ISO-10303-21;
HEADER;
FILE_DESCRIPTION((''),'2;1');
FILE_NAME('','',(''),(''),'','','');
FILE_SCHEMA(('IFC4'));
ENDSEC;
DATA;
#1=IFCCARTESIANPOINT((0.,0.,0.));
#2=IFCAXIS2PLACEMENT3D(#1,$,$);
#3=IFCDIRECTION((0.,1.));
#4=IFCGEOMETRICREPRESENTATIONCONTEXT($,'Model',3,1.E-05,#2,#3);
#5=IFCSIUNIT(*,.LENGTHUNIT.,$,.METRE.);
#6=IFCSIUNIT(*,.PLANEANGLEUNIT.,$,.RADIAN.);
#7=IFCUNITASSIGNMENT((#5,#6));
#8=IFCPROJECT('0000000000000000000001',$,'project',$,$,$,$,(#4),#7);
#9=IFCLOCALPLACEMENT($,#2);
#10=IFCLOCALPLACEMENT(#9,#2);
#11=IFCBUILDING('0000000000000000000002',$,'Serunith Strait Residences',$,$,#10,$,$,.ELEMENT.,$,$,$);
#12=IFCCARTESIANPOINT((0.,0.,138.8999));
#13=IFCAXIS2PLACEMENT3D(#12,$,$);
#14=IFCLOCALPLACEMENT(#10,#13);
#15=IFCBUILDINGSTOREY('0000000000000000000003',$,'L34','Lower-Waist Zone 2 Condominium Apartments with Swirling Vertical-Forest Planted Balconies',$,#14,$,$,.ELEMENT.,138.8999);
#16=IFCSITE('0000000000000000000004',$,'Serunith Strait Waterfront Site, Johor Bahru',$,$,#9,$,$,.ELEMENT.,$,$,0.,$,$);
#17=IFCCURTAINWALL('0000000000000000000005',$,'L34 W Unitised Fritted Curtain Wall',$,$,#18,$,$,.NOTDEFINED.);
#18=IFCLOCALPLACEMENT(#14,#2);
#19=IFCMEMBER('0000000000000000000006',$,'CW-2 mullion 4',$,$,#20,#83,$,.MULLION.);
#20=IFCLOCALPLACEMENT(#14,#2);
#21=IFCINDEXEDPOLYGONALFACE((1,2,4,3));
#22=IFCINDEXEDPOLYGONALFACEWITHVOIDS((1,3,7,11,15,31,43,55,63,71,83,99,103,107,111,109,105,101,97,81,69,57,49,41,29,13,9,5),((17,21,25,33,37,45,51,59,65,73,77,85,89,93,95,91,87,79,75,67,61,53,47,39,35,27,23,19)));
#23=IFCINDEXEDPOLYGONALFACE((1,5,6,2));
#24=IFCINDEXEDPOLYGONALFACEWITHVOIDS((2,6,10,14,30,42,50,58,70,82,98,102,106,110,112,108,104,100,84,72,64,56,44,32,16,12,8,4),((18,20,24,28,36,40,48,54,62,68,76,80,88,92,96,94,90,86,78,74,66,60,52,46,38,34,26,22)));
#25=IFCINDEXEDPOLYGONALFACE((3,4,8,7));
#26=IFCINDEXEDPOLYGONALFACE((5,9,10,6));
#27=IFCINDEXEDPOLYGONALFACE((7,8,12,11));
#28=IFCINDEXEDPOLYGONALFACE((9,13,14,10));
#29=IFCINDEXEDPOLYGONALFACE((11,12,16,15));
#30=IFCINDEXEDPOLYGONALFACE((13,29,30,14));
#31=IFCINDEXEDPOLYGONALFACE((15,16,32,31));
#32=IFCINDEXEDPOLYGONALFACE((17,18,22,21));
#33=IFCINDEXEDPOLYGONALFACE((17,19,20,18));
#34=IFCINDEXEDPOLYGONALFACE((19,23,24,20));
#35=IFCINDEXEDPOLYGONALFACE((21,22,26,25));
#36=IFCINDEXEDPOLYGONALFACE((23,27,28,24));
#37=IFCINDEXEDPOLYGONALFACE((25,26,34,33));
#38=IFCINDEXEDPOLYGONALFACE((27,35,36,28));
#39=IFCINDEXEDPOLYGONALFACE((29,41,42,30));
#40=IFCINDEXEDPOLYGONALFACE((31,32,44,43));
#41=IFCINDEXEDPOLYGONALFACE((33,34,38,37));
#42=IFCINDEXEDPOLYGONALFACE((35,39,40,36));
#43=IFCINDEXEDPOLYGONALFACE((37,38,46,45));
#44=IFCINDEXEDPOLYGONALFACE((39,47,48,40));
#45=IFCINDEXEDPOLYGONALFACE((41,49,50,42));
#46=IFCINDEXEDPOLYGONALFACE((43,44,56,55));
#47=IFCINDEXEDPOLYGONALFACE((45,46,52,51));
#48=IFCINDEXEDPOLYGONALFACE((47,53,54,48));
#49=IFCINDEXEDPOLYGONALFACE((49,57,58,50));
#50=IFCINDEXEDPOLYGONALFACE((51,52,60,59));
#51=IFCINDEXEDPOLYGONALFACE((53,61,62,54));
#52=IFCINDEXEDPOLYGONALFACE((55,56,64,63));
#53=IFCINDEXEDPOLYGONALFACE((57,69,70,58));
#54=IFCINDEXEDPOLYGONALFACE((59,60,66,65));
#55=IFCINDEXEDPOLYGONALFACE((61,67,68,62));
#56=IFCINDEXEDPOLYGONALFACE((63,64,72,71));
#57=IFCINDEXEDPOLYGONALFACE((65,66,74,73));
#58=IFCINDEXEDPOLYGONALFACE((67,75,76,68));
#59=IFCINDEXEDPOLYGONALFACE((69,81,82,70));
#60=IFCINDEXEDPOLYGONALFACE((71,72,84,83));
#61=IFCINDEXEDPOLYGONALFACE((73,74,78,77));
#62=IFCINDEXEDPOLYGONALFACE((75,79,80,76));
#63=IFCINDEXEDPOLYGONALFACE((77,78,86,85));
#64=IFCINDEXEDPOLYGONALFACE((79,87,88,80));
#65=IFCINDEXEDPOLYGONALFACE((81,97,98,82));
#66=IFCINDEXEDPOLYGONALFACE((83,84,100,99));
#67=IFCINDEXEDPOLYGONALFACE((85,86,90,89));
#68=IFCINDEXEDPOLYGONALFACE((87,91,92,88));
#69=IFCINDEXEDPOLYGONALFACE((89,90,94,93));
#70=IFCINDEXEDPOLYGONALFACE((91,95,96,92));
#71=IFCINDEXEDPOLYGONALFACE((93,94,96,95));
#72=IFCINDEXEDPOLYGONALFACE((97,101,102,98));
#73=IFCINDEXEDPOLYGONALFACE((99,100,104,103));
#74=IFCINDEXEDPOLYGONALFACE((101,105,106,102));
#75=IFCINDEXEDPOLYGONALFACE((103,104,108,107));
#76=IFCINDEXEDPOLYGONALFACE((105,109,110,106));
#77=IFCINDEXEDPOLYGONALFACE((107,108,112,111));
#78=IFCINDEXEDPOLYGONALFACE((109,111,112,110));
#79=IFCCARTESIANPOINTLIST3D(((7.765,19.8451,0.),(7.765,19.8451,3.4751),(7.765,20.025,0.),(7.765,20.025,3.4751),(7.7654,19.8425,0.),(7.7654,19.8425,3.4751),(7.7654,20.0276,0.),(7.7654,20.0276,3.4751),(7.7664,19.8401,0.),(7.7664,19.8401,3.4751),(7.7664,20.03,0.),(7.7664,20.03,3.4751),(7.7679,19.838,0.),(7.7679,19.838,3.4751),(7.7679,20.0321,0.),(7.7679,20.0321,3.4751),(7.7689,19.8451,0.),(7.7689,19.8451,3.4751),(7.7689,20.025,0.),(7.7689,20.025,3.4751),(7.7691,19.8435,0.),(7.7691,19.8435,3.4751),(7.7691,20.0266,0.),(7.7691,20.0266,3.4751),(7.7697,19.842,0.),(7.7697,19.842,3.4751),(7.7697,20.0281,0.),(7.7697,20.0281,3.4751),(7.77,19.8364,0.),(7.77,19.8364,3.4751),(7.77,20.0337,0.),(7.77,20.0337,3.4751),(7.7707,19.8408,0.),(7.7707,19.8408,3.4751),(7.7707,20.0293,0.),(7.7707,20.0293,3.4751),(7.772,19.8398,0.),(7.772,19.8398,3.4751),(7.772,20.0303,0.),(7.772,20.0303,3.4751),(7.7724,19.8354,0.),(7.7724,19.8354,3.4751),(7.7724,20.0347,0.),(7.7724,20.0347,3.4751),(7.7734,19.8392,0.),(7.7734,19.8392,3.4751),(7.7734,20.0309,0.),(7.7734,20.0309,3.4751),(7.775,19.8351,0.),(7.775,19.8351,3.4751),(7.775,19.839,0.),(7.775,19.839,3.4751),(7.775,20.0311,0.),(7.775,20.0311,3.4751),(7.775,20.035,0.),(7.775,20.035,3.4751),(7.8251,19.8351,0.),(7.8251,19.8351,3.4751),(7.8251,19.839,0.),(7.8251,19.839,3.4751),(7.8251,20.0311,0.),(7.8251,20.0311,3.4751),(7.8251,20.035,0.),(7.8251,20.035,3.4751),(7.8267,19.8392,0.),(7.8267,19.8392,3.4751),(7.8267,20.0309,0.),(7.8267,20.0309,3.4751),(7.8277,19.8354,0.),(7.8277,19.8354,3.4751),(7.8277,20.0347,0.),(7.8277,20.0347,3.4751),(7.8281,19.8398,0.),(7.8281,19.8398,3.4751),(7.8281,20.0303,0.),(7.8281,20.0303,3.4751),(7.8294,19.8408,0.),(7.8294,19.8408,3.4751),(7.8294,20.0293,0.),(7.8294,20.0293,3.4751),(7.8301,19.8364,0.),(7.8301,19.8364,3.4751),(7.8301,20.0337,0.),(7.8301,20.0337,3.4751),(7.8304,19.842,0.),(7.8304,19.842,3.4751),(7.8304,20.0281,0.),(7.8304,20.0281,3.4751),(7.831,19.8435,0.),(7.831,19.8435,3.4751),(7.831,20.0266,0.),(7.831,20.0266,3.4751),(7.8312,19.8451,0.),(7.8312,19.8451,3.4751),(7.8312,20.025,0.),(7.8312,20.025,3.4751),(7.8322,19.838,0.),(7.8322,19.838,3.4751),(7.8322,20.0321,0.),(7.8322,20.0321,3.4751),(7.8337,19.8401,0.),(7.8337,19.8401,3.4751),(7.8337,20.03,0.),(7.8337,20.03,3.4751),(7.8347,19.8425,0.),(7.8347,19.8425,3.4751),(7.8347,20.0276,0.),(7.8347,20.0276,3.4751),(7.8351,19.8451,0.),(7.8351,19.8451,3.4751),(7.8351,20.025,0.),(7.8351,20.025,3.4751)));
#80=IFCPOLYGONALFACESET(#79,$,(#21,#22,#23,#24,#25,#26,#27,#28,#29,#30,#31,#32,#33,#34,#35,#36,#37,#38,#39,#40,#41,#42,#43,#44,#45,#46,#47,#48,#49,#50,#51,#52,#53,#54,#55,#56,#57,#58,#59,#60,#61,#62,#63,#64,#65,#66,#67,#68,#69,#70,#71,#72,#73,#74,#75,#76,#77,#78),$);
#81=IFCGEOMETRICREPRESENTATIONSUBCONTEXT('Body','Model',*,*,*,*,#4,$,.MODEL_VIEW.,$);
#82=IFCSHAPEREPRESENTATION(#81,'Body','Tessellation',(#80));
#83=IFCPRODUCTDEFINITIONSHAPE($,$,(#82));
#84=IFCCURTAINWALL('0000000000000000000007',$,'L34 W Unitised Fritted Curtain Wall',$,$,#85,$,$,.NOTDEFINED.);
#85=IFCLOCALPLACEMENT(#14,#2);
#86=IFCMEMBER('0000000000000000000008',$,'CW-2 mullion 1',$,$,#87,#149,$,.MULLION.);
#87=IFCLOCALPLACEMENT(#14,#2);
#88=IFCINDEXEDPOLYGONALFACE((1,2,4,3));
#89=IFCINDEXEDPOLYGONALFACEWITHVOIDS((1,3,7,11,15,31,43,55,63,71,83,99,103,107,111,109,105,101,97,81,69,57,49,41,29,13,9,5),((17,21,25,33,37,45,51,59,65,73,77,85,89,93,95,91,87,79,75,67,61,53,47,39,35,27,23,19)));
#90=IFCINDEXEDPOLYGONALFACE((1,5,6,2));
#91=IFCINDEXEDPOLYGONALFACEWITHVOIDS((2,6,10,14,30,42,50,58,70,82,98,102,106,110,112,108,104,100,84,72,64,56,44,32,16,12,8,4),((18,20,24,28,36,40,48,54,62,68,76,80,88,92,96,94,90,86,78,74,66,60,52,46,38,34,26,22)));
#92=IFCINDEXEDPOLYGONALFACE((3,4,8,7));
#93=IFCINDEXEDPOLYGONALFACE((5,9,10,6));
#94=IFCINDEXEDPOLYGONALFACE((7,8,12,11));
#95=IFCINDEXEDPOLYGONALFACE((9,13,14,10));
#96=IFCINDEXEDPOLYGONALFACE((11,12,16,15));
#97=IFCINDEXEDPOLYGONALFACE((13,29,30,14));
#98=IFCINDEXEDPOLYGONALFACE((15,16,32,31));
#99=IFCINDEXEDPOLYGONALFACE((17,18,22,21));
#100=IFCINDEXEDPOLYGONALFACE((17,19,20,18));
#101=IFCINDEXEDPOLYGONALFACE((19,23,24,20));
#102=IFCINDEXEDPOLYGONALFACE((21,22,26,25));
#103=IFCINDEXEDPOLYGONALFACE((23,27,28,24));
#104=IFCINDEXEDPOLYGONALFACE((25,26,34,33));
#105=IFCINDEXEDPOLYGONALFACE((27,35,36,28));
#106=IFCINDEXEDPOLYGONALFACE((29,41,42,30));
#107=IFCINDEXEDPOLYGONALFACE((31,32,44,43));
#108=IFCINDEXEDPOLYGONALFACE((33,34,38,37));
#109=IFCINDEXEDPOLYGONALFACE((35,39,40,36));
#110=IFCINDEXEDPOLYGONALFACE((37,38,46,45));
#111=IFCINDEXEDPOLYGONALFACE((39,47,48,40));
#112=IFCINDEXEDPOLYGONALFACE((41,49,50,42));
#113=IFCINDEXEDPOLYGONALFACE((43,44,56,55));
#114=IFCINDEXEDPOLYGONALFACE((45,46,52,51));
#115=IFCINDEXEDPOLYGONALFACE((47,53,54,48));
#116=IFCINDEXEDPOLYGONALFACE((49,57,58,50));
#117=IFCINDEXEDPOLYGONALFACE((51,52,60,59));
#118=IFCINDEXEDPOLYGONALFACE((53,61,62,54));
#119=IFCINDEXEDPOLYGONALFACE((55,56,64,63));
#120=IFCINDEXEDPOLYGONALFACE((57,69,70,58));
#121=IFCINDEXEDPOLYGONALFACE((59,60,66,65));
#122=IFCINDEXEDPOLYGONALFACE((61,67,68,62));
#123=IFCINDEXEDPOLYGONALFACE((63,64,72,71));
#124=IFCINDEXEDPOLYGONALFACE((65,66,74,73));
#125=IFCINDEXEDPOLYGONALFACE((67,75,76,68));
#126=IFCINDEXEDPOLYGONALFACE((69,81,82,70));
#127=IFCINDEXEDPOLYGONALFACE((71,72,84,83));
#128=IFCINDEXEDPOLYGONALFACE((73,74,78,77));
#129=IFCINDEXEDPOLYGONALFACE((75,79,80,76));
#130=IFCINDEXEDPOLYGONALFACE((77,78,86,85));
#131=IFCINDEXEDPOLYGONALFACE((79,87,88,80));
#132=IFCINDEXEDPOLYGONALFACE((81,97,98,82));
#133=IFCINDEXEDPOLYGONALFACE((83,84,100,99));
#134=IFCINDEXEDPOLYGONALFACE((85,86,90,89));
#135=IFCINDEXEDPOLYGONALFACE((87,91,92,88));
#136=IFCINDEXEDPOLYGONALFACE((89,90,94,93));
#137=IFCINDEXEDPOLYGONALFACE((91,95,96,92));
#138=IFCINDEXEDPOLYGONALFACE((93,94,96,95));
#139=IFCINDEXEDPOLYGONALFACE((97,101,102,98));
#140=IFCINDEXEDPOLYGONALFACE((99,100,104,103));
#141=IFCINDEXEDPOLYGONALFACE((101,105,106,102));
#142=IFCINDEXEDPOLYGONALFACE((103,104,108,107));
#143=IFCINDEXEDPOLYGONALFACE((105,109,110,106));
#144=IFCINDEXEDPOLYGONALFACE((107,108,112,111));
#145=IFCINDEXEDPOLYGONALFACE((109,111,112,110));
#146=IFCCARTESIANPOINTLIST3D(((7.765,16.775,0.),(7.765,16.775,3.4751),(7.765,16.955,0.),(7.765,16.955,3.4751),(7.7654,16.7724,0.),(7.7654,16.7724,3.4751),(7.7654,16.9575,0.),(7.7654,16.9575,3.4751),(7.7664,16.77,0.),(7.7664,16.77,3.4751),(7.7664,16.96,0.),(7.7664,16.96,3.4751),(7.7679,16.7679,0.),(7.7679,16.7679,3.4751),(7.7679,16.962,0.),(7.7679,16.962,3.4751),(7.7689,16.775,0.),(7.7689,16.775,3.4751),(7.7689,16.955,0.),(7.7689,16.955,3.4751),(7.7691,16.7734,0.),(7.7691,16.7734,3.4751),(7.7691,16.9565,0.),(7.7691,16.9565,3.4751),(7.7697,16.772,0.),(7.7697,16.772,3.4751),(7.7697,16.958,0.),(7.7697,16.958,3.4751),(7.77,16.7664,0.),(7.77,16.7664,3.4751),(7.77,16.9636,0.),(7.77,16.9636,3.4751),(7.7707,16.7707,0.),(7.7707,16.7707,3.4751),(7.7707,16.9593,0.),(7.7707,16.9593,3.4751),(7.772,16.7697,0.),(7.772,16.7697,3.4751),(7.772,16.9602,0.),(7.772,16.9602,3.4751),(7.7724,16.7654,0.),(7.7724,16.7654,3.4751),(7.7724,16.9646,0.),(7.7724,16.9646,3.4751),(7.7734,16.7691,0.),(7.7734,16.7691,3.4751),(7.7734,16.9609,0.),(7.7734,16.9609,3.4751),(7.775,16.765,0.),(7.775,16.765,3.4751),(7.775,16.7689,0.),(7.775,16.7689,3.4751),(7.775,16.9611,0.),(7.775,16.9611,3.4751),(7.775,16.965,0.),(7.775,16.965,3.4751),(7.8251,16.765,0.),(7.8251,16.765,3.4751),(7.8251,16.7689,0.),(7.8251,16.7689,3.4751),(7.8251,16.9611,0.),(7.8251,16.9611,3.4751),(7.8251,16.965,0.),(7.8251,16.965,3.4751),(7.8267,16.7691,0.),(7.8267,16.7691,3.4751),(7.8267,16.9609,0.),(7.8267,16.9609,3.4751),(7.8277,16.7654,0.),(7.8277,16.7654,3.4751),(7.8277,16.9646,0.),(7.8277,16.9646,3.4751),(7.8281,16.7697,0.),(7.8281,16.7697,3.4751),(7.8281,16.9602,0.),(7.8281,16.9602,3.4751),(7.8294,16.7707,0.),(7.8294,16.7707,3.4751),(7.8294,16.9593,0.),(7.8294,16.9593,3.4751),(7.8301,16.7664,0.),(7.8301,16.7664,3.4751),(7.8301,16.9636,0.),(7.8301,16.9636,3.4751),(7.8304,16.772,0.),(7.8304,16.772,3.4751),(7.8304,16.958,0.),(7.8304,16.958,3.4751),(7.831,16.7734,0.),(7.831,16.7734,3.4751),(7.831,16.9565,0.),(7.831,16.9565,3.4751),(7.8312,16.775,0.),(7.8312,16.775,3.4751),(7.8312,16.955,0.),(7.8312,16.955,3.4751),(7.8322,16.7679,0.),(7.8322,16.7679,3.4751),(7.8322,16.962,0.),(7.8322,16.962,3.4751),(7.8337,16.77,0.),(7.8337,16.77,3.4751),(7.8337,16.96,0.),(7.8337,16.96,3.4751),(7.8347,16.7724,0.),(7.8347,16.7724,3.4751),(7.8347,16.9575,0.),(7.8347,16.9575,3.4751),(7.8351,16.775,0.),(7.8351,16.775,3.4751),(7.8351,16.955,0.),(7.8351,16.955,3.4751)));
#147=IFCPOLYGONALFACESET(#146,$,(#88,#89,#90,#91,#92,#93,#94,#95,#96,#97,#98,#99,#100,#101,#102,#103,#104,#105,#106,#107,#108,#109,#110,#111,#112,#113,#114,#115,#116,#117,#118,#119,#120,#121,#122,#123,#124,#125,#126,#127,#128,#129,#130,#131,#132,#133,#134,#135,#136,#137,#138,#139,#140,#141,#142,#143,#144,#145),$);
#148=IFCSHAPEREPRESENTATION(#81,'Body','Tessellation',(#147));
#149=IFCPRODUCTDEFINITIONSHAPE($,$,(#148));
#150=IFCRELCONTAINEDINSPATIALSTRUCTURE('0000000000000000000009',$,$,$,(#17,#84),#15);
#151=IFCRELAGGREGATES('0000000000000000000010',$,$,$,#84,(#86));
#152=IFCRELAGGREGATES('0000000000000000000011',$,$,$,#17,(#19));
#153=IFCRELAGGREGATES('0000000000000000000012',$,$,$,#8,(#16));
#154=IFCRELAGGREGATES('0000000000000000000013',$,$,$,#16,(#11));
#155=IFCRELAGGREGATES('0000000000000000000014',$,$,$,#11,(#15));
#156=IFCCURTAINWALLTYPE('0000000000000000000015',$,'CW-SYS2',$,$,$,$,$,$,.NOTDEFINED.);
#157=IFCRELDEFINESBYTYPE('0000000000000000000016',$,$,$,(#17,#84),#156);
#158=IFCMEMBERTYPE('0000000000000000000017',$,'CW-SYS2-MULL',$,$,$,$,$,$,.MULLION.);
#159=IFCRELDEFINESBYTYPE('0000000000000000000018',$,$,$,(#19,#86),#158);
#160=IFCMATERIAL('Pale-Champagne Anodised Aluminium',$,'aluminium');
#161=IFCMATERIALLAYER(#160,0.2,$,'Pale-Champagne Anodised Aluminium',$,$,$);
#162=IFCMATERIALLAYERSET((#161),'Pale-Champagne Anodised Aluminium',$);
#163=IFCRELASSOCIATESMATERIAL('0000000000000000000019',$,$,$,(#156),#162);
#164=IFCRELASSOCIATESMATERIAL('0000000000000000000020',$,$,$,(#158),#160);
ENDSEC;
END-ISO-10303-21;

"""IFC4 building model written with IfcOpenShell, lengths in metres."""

from ifc_helpers import new_model, si_unit, direction, frame, origin, origin_2d, place, context, subcontext, project, spatial, hollow_rectangle, extrude, source, transform, mapped, material, layer, layer_set, material_profile, profile_set, type_object, element, aggregate, save


model = new_model("IFC4")

# Units and contexts
model_context = context("Model", 3, precision=1e-05, world=origin(), true_north=direction((0.0, 1.0)))
body_context = subcontext(model_context, "Body", "Model", "MODEL_VIEW")
ifc_project = project(units=[si_unit("LENGTHUNIT", "METRE"), si_unit("PLANEANGLEUNIT", "RADIAN")], contexts=[model_context])

# Site, building, storey
site_placement = place(None, origin())
site = spatial("IfcSite", under=ifc_project, at=site_placement, Name="Serunith Strait Waterfront Site, Johor Bahru", CompositionType="ELEMENT", RefElevation=0.0)
building_placement = place(site_placement, origin())
building = spatial("IfcBuilding", under=site, at=building_placement, Name="Serunith Strait Residences", CompositionType="ELEMENT")
storey_placement = place(building_placement, frame((0.0, 0.0, 138.8999)))
storey = spatial("IfcBuildingStorey", under=building, at=storey_placement, Name="L34", Description="Lower-Waist Zone 2 Condominium Apartments with Swirling Vertical-Forest Planted Balconies", CompositionType="ELEMENT", Elevation=138.8999)

# Curtain wall, member
ifc_material_1 = material(Name="Pale-Champagne Anodised Aluminium", Category="aluminium")
ifc_layer_1 = layer(ifc_material_1, 0.2, Name="Pale-Champagne Anodised Aluminium")
ifc_layer_set_1 = layer_set([ifc_layer_1], Name="Pale-Champagne Anodised Aluminium")
curtain_wall_type = type_object("IfcCurtainWallType", Name="CW-SYS2", PredefinedType="NOTDEFINED", material=ifc_layer_set_1)
curtain_wall_1_placement = place(storey_placement, origin())
curtain_wall_1 = element("IfcCurtainWall", 1, at=curtain_wall_1_placement, inside=storey, type_object=curtain_wall_type, Name="L34 W Unitised Fritted Curtain Wall", PredefinedType="NOTDEFINED")
ifc_material_profile_1 = material_profile(ifc_material_1, hollow_rectangle(XDim=0.0701, YDim=0.2, WallThickness=0.0039, InnerFilletRadius=0.0061, OuterFilletRadius=0.01, at=origin_2d()), Name="ALU 200x70x4")
ifc_profile_set_1 = profile_set([ifc_material_profile_1], Name="Pale-Champagne Anodised Aluminium")
member_type_1 = type_object("IfcMemberType", Name="CW-SYS2-MULL", PredefinedType="MULLION", material=ifc_profile_set_1)
shared_shape_1 = source(origin(), body_context, "Body", "SweptSolid", [
    extrude(hollow_rectangle(XDim=0.0701, YDim=0.2, WallThickness=0.0039, InnerFilletRadius=0.0061, OuterFilletRadius=0.01, at=origin_2d()), origin(), (0.0, 0.0, 1.0), 3.4751),
])
member_1_placement = place(storey_placement, frame((7.8, 19.9351, 0.0), z_axis=(0.0, 0.0, 1.0), x_axis=(1.0, 0.0, 0.0)))
member_1 = element("IfcMember", 2, at=member_1_placement, type_object=member_type_1, Name="CW-2 mullion 4", PredefinedType="MULLION", context=body_context, shape_type="MappedRepresentation", body=[
    mapped(shared_shape_1, transform((0.0, 0.0, 0.0), scale=1.0)),
])

# Curtain wall, member
curtain_wall_2_placement = place(storey_placement, origin())
curtain_wall_2 = element("IfcCurtainWall", 3, at=curtain_wall_2_placement, inside=storey, type_object=curtain_wall_type, Name="L34 W Unitised Fritted Curtain Wall", PredefinedType="NOTDEFINED")
member_2_placement = place(storey_placement, frame((7.8, 16.865, 0.0), z_axis=(0.0, 0.0, 1.0), x_axis=(1.0, 0.0, 0.0)))
member_2 = element("IfcMember", 4, at=member_2_placement, type_object=member_type_1, Name="CW-2 mullion 1", PredefinedType="MULLION", context=body_context, shape_type="MappedRepresentation", body=[
    mapped(shared_shape_1, transform((0.0, 0.0, 0.0), scale=1.0)),
])
aggregate(curtain_wall_2, [member_2])

aggregate(curtain_wall_1, [member_1])

save(model, "model.ifc")
